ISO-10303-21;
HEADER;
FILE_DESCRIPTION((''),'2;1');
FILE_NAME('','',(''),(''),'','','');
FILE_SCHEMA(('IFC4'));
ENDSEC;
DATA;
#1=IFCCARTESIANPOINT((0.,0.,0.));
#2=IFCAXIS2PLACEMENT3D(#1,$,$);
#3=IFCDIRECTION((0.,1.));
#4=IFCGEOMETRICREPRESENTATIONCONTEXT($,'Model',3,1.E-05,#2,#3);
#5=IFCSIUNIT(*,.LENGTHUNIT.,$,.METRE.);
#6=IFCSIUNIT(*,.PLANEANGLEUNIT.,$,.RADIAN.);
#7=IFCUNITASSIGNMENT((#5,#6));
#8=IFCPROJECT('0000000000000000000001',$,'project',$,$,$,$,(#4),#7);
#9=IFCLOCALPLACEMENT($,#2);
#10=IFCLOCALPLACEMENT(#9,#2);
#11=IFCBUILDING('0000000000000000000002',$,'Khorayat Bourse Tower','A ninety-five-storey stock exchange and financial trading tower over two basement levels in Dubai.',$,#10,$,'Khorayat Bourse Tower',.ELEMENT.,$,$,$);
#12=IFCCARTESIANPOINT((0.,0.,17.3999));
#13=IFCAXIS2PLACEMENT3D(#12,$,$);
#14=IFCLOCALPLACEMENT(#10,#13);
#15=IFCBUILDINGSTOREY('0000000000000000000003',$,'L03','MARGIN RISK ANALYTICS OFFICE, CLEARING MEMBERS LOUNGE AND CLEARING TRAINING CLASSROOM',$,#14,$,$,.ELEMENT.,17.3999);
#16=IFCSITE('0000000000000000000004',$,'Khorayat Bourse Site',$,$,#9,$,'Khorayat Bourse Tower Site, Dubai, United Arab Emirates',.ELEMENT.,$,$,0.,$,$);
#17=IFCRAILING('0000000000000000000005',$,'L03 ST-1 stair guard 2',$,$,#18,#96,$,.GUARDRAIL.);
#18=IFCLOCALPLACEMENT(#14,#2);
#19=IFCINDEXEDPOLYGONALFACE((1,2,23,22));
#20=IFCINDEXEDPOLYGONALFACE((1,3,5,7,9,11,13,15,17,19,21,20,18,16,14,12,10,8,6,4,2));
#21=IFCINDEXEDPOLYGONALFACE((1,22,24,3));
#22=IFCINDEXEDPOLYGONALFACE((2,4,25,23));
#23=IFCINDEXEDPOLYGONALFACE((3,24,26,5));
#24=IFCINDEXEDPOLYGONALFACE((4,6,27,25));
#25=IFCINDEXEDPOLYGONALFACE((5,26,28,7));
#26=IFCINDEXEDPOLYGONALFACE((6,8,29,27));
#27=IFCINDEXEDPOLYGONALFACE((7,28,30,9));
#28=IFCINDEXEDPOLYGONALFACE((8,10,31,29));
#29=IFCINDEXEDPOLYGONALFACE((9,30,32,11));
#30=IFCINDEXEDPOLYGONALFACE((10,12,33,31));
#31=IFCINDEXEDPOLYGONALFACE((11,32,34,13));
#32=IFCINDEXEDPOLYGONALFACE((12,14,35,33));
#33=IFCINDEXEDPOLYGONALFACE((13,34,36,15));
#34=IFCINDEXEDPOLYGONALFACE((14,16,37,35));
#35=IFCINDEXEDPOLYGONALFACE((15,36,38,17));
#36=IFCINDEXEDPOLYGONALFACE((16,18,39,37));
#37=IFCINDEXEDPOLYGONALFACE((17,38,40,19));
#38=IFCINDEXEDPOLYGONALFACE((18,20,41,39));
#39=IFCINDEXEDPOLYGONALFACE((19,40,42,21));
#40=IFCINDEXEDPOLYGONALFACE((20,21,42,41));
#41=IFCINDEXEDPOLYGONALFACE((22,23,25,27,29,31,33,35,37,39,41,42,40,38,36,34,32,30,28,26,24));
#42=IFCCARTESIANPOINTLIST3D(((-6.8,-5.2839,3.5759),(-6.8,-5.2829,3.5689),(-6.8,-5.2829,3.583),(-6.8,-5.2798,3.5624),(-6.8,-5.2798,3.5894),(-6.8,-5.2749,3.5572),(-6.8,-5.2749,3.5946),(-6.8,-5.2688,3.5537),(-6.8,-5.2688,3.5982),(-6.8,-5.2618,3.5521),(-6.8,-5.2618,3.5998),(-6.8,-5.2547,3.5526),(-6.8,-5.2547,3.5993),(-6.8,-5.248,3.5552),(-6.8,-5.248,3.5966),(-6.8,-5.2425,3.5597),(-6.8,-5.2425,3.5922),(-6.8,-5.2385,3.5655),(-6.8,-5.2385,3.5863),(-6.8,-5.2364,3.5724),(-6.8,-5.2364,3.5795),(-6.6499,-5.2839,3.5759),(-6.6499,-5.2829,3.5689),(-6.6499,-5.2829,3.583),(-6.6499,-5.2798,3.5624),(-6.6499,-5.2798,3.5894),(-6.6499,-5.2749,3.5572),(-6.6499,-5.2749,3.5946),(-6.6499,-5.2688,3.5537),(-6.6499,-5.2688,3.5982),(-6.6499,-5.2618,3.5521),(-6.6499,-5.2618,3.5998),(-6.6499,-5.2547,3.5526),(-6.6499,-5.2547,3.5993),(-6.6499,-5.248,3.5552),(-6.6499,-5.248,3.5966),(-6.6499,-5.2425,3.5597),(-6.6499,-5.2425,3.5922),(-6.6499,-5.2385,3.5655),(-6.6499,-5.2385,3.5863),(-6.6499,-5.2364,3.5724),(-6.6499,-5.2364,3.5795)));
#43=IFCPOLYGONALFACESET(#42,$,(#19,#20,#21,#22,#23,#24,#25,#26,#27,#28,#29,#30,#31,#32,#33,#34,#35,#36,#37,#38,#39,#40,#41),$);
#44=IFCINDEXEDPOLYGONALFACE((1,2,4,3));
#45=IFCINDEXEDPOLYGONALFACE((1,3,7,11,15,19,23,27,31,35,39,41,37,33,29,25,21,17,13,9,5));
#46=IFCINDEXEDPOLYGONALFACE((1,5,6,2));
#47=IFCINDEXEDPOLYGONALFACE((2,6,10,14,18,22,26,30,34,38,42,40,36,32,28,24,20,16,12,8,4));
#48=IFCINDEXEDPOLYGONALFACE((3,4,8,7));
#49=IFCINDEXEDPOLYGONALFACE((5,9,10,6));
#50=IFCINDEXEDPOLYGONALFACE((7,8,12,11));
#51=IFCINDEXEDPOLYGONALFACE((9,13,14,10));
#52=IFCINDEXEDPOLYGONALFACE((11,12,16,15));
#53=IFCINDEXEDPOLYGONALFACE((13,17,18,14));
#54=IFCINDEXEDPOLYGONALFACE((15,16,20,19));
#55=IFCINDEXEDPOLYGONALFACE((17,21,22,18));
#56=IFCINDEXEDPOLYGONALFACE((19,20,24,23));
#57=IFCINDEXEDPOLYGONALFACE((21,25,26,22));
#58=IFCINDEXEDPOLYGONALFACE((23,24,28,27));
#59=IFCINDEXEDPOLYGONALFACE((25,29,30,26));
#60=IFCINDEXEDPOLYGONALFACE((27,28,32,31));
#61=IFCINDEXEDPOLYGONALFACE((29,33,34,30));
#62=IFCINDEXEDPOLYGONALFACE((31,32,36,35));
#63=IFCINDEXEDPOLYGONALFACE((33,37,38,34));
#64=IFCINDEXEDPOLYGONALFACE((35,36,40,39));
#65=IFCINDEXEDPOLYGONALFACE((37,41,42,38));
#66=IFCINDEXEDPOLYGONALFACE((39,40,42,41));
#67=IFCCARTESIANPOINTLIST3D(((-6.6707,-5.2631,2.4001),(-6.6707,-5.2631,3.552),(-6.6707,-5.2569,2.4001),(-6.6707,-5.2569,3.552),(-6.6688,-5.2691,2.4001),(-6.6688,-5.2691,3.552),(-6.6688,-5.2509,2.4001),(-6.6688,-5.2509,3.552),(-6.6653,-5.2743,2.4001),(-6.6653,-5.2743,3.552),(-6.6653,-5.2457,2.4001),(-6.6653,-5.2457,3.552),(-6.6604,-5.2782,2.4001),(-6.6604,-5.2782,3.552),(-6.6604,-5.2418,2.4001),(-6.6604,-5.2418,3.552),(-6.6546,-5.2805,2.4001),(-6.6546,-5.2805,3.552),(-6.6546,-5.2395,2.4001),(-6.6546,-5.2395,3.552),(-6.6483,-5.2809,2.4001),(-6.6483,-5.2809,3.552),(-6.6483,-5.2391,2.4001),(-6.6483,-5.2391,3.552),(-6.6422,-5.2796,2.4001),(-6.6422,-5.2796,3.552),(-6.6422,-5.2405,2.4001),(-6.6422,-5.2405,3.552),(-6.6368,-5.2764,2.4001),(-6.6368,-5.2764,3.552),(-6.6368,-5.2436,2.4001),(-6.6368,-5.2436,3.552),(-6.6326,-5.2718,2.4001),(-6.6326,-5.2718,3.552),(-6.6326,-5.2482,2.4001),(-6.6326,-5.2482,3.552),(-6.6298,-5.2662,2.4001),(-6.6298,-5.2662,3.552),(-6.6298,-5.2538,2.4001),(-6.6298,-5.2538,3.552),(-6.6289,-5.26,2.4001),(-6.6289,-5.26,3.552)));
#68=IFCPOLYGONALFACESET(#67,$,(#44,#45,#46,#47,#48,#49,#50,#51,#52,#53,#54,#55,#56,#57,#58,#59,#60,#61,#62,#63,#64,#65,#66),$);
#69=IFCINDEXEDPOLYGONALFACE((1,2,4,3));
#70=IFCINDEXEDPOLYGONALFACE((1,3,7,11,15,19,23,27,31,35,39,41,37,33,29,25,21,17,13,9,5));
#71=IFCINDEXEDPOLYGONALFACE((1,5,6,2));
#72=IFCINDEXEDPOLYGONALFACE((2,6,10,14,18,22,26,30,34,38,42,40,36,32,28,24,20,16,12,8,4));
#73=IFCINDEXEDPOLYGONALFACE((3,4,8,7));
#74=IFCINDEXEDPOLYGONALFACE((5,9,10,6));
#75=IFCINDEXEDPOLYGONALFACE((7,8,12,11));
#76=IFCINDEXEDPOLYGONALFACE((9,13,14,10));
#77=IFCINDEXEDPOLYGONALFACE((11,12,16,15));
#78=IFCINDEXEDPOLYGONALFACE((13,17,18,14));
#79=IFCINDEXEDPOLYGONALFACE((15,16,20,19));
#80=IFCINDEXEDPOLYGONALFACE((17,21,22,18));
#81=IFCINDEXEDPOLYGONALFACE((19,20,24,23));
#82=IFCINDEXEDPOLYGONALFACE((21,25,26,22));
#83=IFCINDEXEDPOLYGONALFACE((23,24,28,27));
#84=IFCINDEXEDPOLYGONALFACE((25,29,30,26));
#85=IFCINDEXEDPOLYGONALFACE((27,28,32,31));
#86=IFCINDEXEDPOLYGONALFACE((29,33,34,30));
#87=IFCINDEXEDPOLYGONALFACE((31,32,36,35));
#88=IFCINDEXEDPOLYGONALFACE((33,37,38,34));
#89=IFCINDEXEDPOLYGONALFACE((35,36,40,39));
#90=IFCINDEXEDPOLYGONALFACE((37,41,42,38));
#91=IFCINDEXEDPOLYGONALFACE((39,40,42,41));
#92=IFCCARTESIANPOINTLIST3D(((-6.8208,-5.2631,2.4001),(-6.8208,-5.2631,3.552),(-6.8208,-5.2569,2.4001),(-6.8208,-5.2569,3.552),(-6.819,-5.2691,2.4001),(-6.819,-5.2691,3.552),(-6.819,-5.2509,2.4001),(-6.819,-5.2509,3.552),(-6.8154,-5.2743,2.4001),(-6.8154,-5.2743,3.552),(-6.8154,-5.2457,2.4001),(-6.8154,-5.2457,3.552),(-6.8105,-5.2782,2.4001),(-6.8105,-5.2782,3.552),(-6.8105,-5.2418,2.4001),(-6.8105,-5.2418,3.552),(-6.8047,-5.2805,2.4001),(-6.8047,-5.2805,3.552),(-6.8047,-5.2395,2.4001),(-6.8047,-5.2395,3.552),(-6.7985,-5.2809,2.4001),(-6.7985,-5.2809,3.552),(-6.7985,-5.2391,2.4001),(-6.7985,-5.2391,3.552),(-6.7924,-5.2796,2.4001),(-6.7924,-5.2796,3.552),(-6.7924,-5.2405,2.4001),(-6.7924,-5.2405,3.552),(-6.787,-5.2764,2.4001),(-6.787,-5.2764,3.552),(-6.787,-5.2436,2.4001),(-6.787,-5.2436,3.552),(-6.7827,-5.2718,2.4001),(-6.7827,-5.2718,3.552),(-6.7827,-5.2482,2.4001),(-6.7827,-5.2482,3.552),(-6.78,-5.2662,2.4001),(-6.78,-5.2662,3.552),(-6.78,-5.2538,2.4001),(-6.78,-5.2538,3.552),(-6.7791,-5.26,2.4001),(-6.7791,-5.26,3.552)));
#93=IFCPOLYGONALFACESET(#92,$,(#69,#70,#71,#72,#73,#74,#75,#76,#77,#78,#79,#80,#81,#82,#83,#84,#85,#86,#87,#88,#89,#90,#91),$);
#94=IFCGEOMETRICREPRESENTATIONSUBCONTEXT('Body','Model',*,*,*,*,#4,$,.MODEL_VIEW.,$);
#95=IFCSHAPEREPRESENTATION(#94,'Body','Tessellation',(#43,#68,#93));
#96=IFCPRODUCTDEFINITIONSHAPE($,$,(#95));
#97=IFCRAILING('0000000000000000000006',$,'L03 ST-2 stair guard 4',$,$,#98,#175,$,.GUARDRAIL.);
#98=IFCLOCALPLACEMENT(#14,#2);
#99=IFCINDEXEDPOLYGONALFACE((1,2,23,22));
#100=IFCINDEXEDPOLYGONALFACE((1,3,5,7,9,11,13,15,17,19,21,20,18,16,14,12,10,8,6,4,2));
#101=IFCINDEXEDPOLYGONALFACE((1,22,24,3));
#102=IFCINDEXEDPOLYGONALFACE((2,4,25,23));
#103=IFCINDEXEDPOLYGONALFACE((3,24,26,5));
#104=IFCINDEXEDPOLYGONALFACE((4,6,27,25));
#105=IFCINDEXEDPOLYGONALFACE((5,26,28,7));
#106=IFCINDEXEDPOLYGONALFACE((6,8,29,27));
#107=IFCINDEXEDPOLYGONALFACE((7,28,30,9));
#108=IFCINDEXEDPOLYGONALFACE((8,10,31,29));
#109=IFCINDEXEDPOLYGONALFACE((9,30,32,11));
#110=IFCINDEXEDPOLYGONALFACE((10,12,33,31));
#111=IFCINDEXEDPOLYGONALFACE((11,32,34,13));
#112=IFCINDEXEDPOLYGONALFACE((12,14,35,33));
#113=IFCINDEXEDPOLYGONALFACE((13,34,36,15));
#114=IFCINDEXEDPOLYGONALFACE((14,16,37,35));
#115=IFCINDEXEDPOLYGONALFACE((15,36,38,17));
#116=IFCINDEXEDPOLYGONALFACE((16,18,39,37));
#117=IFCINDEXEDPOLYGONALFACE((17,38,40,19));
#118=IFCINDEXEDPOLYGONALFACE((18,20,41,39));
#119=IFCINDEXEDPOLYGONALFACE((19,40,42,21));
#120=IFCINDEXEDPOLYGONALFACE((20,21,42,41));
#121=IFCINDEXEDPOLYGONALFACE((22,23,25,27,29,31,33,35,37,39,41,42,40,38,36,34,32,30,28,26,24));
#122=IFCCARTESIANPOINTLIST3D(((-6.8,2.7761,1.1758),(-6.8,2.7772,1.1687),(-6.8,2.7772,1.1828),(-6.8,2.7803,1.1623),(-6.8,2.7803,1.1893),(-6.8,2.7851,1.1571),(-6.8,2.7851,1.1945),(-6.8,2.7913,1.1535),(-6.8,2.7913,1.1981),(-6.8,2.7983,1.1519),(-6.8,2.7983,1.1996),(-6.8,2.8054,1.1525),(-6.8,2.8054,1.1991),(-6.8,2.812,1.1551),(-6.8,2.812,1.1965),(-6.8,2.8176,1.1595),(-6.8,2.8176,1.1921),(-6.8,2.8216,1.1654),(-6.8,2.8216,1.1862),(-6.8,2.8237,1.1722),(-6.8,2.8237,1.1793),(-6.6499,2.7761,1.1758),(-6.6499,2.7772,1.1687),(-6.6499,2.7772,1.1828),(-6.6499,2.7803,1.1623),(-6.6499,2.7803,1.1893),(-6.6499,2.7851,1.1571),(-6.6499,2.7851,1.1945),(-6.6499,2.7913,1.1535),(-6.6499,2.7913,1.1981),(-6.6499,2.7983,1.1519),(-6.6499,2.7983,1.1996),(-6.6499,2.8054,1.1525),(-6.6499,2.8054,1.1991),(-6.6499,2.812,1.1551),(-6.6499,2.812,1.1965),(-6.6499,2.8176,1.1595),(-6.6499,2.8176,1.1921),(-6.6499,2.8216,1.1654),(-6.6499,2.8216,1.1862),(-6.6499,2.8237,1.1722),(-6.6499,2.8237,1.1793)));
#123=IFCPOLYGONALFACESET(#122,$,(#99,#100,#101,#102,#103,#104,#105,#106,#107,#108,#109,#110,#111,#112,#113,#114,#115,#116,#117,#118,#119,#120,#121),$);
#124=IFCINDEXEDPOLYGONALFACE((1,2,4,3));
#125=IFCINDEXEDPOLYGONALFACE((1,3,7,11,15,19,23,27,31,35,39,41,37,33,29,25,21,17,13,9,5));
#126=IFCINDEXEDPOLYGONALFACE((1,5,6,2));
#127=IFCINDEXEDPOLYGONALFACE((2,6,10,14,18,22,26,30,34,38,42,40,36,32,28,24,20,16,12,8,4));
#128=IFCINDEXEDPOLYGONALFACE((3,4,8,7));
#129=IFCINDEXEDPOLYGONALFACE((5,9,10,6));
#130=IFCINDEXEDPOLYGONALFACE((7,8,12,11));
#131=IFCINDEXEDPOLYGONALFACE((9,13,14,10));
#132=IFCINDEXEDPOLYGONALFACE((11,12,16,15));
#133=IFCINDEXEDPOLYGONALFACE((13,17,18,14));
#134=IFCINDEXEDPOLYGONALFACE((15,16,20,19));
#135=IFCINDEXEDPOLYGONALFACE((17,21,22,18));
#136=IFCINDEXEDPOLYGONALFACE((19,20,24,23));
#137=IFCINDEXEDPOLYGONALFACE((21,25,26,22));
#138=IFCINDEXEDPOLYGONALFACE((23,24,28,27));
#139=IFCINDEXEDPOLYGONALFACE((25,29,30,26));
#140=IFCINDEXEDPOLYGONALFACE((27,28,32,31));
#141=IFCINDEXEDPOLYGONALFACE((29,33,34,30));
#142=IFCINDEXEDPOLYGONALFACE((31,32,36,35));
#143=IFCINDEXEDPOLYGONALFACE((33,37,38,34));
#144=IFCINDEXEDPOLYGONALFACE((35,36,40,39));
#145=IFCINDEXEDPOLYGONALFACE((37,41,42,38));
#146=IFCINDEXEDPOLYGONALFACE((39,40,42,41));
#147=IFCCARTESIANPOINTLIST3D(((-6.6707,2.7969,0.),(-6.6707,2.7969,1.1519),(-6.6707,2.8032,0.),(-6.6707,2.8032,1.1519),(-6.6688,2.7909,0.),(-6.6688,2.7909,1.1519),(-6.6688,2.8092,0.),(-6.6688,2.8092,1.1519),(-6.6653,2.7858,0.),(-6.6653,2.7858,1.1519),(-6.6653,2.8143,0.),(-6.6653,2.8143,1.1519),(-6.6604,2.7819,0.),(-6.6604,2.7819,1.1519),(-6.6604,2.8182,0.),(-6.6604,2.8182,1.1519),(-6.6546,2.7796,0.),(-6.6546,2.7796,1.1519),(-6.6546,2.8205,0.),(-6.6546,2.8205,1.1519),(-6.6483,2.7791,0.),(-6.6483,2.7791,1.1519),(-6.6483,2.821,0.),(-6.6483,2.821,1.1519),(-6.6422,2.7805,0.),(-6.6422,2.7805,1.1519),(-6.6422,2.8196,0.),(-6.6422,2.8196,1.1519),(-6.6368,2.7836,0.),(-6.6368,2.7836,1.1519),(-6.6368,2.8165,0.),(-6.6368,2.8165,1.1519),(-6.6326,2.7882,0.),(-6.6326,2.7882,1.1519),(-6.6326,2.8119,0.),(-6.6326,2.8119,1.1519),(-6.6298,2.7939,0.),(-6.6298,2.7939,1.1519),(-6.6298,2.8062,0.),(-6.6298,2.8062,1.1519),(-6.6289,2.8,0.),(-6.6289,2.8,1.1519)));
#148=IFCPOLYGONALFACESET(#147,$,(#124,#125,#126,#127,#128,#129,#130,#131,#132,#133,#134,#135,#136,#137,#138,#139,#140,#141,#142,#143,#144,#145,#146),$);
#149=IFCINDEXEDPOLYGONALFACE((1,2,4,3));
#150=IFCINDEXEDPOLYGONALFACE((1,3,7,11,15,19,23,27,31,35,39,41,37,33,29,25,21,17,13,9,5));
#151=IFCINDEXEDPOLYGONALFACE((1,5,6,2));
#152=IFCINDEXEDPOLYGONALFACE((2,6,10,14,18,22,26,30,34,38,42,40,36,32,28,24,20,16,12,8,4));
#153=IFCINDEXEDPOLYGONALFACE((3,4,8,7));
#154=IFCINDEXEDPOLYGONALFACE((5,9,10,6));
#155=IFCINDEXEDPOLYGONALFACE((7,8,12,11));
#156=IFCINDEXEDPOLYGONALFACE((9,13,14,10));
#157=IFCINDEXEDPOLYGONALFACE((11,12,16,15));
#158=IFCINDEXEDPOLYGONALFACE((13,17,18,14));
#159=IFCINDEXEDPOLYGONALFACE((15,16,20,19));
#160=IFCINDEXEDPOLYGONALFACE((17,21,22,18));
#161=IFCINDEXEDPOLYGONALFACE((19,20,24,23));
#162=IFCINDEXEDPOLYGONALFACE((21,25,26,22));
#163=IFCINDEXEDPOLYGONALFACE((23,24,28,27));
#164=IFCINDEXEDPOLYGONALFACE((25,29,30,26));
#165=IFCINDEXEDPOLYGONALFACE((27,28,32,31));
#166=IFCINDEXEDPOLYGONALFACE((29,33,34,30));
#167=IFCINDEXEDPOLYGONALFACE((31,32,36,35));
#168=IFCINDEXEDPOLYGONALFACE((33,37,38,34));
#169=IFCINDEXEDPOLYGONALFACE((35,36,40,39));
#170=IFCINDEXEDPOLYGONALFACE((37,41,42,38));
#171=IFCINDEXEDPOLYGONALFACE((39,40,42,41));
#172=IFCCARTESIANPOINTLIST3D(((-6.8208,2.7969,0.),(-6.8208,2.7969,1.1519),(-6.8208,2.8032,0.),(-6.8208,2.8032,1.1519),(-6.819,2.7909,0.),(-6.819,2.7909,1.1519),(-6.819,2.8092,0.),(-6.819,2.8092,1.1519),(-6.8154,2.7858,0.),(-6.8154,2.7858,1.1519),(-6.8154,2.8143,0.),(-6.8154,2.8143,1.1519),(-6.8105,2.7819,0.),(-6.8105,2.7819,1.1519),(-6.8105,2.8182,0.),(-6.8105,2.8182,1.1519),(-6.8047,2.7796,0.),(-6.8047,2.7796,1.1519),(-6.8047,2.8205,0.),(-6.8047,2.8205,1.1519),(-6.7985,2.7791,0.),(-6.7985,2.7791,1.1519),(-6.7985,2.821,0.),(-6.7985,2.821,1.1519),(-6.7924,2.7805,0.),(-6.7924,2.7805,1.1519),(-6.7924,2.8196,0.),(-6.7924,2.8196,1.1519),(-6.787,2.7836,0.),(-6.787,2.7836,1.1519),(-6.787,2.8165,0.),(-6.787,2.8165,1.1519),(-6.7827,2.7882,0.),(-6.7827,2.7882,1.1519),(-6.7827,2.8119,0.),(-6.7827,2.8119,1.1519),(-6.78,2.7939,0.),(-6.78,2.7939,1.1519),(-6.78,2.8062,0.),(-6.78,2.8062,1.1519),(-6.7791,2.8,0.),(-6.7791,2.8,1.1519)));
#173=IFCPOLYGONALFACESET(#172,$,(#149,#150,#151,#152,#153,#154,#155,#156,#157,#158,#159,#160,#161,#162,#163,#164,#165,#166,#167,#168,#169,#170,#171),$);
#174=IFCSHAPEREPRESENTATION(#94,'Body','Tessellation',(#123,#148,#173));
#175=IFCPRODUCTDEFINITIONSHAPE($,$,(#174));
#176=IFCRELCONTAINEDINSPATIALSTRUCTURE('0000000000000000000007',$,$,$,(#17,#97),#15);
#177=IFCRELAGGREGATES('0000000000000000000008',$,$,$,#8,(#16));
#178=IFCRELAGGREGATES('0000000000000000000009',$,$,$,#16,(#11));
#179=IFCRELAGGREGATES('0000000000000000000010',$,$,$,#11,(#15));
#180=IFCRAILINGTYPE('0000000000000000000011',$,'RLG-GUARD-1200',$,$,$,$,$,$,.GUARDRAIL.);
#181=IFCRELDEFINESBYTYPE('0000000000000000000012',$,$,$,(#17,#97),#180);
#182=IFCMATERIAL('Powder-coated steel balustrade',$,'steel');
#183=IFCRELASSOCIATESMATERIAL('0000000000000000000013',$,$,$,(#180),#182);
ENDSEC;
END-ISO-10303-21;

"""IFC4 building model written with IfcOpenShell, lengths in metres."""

from ifc_helpers import new_model, si_unit, direction, frame, origin, origin_2d, place, context, subcontext, project, spatial, circle, extrude, source, transform, mapped, material, type_object, element, save


model = new_model("IFC4")

# Units and contexts
model_context = context("Model", 3, precision=1e-05, world=origin(), true_north=direction((0.0, 1.0)))
body_context = subcontext(model_context, "Body", "Model", "MODEL_VIEW")
ifc_project = project(units=[si_unit("LENGTHUNIT", "METRE"), si_unit("PLANEANGLEUNIT", "RADIAN")], contexts=[model_context])

# Site, building, storey
site_placement = place(None, origin())
site = spatial("IfcSite", under=ifc_project, at=site_placement, Name="Khorayat Bourse Site", LongName="Khorayat Bourse Tower Site, Dubai, United Arab Emirates", CompositionType="ELEMENT", RefElevation=0.0)
building_placement = place(site_placement, origin())
building = spatial("IfcBuilding", under=site, at=building_placement, Name="Khorayat Bourse Tower", Description="A ninety-five-storey stock exchange and financial trading tower over two basement levels in Dubai.", LongName="Khorayat Bourse Tower", CompositionType="ELEMENT")
storey_placement = place(building_placement, frame((0.0, 0.0, 17.3999)))
storey = spatial("IfcBuildingStorey", under=building, at=storey_placement, Name="L03", Description="MARGIN RISK ANALYTICS OFFICE, CLEARING MEMBERS LOUNGE AND CLEARING TRAINING CLASSROOM", CompositionType="ELEMENT", Elevation=17.3999)

# Railings
ifc_material_1 = material(Name="Powder-coated steel balustrade", Category="steel")
railing_type_1 = type_object("IfcRailingType", Name="RLG-GUARD-1200", PredefinedType="GUARDRAIL", material=ifc_material_1)
shared_shape_1 = source(origin(), body_context, "Body", "SweptSolid", [
    extrude(circle(Radius=0.0239, at=origin_2d()), frame((0.0, 0.0, 1.1758), z_axis=(-1.0, 0.0, 0.0), x_axis=(0.0, -1.0, 0.0)), (0.0, 0.0, 1.0), 0.1501),
    extrude(circle(Radius=0.021, at=origin_2d()), origin(), (0.0, 0.0, 1.0), 1.1519),
    extrude(circle(Radius=0.021, at=origin_2d()), frame((-0.1501, 0.0, 0.0)), (0.0, 0.0, 1.0), 1.1519),
])
for number, where, name in (
    (1, (-6.6499, -5.26, 2.4001), "L03 ST-1 stair guard 2"),
    (2, (-6.6499, 2.8, 0.0), "L03 ST-2 stair guard 4"),
):
    element("IfcRailing", number, at=place(storey_placement, frame(where)), inside=storey, type_object=railing_type_1, Name=name, PredefinedType="GUARDRAIL", context=body_context, shape_type="MappedRepresentation", body=[
        mapped(shared_shape_1, transform((0.0, 0.0, 0.0), scale=1.0)),
    ])

save(model, "model.ifc")
